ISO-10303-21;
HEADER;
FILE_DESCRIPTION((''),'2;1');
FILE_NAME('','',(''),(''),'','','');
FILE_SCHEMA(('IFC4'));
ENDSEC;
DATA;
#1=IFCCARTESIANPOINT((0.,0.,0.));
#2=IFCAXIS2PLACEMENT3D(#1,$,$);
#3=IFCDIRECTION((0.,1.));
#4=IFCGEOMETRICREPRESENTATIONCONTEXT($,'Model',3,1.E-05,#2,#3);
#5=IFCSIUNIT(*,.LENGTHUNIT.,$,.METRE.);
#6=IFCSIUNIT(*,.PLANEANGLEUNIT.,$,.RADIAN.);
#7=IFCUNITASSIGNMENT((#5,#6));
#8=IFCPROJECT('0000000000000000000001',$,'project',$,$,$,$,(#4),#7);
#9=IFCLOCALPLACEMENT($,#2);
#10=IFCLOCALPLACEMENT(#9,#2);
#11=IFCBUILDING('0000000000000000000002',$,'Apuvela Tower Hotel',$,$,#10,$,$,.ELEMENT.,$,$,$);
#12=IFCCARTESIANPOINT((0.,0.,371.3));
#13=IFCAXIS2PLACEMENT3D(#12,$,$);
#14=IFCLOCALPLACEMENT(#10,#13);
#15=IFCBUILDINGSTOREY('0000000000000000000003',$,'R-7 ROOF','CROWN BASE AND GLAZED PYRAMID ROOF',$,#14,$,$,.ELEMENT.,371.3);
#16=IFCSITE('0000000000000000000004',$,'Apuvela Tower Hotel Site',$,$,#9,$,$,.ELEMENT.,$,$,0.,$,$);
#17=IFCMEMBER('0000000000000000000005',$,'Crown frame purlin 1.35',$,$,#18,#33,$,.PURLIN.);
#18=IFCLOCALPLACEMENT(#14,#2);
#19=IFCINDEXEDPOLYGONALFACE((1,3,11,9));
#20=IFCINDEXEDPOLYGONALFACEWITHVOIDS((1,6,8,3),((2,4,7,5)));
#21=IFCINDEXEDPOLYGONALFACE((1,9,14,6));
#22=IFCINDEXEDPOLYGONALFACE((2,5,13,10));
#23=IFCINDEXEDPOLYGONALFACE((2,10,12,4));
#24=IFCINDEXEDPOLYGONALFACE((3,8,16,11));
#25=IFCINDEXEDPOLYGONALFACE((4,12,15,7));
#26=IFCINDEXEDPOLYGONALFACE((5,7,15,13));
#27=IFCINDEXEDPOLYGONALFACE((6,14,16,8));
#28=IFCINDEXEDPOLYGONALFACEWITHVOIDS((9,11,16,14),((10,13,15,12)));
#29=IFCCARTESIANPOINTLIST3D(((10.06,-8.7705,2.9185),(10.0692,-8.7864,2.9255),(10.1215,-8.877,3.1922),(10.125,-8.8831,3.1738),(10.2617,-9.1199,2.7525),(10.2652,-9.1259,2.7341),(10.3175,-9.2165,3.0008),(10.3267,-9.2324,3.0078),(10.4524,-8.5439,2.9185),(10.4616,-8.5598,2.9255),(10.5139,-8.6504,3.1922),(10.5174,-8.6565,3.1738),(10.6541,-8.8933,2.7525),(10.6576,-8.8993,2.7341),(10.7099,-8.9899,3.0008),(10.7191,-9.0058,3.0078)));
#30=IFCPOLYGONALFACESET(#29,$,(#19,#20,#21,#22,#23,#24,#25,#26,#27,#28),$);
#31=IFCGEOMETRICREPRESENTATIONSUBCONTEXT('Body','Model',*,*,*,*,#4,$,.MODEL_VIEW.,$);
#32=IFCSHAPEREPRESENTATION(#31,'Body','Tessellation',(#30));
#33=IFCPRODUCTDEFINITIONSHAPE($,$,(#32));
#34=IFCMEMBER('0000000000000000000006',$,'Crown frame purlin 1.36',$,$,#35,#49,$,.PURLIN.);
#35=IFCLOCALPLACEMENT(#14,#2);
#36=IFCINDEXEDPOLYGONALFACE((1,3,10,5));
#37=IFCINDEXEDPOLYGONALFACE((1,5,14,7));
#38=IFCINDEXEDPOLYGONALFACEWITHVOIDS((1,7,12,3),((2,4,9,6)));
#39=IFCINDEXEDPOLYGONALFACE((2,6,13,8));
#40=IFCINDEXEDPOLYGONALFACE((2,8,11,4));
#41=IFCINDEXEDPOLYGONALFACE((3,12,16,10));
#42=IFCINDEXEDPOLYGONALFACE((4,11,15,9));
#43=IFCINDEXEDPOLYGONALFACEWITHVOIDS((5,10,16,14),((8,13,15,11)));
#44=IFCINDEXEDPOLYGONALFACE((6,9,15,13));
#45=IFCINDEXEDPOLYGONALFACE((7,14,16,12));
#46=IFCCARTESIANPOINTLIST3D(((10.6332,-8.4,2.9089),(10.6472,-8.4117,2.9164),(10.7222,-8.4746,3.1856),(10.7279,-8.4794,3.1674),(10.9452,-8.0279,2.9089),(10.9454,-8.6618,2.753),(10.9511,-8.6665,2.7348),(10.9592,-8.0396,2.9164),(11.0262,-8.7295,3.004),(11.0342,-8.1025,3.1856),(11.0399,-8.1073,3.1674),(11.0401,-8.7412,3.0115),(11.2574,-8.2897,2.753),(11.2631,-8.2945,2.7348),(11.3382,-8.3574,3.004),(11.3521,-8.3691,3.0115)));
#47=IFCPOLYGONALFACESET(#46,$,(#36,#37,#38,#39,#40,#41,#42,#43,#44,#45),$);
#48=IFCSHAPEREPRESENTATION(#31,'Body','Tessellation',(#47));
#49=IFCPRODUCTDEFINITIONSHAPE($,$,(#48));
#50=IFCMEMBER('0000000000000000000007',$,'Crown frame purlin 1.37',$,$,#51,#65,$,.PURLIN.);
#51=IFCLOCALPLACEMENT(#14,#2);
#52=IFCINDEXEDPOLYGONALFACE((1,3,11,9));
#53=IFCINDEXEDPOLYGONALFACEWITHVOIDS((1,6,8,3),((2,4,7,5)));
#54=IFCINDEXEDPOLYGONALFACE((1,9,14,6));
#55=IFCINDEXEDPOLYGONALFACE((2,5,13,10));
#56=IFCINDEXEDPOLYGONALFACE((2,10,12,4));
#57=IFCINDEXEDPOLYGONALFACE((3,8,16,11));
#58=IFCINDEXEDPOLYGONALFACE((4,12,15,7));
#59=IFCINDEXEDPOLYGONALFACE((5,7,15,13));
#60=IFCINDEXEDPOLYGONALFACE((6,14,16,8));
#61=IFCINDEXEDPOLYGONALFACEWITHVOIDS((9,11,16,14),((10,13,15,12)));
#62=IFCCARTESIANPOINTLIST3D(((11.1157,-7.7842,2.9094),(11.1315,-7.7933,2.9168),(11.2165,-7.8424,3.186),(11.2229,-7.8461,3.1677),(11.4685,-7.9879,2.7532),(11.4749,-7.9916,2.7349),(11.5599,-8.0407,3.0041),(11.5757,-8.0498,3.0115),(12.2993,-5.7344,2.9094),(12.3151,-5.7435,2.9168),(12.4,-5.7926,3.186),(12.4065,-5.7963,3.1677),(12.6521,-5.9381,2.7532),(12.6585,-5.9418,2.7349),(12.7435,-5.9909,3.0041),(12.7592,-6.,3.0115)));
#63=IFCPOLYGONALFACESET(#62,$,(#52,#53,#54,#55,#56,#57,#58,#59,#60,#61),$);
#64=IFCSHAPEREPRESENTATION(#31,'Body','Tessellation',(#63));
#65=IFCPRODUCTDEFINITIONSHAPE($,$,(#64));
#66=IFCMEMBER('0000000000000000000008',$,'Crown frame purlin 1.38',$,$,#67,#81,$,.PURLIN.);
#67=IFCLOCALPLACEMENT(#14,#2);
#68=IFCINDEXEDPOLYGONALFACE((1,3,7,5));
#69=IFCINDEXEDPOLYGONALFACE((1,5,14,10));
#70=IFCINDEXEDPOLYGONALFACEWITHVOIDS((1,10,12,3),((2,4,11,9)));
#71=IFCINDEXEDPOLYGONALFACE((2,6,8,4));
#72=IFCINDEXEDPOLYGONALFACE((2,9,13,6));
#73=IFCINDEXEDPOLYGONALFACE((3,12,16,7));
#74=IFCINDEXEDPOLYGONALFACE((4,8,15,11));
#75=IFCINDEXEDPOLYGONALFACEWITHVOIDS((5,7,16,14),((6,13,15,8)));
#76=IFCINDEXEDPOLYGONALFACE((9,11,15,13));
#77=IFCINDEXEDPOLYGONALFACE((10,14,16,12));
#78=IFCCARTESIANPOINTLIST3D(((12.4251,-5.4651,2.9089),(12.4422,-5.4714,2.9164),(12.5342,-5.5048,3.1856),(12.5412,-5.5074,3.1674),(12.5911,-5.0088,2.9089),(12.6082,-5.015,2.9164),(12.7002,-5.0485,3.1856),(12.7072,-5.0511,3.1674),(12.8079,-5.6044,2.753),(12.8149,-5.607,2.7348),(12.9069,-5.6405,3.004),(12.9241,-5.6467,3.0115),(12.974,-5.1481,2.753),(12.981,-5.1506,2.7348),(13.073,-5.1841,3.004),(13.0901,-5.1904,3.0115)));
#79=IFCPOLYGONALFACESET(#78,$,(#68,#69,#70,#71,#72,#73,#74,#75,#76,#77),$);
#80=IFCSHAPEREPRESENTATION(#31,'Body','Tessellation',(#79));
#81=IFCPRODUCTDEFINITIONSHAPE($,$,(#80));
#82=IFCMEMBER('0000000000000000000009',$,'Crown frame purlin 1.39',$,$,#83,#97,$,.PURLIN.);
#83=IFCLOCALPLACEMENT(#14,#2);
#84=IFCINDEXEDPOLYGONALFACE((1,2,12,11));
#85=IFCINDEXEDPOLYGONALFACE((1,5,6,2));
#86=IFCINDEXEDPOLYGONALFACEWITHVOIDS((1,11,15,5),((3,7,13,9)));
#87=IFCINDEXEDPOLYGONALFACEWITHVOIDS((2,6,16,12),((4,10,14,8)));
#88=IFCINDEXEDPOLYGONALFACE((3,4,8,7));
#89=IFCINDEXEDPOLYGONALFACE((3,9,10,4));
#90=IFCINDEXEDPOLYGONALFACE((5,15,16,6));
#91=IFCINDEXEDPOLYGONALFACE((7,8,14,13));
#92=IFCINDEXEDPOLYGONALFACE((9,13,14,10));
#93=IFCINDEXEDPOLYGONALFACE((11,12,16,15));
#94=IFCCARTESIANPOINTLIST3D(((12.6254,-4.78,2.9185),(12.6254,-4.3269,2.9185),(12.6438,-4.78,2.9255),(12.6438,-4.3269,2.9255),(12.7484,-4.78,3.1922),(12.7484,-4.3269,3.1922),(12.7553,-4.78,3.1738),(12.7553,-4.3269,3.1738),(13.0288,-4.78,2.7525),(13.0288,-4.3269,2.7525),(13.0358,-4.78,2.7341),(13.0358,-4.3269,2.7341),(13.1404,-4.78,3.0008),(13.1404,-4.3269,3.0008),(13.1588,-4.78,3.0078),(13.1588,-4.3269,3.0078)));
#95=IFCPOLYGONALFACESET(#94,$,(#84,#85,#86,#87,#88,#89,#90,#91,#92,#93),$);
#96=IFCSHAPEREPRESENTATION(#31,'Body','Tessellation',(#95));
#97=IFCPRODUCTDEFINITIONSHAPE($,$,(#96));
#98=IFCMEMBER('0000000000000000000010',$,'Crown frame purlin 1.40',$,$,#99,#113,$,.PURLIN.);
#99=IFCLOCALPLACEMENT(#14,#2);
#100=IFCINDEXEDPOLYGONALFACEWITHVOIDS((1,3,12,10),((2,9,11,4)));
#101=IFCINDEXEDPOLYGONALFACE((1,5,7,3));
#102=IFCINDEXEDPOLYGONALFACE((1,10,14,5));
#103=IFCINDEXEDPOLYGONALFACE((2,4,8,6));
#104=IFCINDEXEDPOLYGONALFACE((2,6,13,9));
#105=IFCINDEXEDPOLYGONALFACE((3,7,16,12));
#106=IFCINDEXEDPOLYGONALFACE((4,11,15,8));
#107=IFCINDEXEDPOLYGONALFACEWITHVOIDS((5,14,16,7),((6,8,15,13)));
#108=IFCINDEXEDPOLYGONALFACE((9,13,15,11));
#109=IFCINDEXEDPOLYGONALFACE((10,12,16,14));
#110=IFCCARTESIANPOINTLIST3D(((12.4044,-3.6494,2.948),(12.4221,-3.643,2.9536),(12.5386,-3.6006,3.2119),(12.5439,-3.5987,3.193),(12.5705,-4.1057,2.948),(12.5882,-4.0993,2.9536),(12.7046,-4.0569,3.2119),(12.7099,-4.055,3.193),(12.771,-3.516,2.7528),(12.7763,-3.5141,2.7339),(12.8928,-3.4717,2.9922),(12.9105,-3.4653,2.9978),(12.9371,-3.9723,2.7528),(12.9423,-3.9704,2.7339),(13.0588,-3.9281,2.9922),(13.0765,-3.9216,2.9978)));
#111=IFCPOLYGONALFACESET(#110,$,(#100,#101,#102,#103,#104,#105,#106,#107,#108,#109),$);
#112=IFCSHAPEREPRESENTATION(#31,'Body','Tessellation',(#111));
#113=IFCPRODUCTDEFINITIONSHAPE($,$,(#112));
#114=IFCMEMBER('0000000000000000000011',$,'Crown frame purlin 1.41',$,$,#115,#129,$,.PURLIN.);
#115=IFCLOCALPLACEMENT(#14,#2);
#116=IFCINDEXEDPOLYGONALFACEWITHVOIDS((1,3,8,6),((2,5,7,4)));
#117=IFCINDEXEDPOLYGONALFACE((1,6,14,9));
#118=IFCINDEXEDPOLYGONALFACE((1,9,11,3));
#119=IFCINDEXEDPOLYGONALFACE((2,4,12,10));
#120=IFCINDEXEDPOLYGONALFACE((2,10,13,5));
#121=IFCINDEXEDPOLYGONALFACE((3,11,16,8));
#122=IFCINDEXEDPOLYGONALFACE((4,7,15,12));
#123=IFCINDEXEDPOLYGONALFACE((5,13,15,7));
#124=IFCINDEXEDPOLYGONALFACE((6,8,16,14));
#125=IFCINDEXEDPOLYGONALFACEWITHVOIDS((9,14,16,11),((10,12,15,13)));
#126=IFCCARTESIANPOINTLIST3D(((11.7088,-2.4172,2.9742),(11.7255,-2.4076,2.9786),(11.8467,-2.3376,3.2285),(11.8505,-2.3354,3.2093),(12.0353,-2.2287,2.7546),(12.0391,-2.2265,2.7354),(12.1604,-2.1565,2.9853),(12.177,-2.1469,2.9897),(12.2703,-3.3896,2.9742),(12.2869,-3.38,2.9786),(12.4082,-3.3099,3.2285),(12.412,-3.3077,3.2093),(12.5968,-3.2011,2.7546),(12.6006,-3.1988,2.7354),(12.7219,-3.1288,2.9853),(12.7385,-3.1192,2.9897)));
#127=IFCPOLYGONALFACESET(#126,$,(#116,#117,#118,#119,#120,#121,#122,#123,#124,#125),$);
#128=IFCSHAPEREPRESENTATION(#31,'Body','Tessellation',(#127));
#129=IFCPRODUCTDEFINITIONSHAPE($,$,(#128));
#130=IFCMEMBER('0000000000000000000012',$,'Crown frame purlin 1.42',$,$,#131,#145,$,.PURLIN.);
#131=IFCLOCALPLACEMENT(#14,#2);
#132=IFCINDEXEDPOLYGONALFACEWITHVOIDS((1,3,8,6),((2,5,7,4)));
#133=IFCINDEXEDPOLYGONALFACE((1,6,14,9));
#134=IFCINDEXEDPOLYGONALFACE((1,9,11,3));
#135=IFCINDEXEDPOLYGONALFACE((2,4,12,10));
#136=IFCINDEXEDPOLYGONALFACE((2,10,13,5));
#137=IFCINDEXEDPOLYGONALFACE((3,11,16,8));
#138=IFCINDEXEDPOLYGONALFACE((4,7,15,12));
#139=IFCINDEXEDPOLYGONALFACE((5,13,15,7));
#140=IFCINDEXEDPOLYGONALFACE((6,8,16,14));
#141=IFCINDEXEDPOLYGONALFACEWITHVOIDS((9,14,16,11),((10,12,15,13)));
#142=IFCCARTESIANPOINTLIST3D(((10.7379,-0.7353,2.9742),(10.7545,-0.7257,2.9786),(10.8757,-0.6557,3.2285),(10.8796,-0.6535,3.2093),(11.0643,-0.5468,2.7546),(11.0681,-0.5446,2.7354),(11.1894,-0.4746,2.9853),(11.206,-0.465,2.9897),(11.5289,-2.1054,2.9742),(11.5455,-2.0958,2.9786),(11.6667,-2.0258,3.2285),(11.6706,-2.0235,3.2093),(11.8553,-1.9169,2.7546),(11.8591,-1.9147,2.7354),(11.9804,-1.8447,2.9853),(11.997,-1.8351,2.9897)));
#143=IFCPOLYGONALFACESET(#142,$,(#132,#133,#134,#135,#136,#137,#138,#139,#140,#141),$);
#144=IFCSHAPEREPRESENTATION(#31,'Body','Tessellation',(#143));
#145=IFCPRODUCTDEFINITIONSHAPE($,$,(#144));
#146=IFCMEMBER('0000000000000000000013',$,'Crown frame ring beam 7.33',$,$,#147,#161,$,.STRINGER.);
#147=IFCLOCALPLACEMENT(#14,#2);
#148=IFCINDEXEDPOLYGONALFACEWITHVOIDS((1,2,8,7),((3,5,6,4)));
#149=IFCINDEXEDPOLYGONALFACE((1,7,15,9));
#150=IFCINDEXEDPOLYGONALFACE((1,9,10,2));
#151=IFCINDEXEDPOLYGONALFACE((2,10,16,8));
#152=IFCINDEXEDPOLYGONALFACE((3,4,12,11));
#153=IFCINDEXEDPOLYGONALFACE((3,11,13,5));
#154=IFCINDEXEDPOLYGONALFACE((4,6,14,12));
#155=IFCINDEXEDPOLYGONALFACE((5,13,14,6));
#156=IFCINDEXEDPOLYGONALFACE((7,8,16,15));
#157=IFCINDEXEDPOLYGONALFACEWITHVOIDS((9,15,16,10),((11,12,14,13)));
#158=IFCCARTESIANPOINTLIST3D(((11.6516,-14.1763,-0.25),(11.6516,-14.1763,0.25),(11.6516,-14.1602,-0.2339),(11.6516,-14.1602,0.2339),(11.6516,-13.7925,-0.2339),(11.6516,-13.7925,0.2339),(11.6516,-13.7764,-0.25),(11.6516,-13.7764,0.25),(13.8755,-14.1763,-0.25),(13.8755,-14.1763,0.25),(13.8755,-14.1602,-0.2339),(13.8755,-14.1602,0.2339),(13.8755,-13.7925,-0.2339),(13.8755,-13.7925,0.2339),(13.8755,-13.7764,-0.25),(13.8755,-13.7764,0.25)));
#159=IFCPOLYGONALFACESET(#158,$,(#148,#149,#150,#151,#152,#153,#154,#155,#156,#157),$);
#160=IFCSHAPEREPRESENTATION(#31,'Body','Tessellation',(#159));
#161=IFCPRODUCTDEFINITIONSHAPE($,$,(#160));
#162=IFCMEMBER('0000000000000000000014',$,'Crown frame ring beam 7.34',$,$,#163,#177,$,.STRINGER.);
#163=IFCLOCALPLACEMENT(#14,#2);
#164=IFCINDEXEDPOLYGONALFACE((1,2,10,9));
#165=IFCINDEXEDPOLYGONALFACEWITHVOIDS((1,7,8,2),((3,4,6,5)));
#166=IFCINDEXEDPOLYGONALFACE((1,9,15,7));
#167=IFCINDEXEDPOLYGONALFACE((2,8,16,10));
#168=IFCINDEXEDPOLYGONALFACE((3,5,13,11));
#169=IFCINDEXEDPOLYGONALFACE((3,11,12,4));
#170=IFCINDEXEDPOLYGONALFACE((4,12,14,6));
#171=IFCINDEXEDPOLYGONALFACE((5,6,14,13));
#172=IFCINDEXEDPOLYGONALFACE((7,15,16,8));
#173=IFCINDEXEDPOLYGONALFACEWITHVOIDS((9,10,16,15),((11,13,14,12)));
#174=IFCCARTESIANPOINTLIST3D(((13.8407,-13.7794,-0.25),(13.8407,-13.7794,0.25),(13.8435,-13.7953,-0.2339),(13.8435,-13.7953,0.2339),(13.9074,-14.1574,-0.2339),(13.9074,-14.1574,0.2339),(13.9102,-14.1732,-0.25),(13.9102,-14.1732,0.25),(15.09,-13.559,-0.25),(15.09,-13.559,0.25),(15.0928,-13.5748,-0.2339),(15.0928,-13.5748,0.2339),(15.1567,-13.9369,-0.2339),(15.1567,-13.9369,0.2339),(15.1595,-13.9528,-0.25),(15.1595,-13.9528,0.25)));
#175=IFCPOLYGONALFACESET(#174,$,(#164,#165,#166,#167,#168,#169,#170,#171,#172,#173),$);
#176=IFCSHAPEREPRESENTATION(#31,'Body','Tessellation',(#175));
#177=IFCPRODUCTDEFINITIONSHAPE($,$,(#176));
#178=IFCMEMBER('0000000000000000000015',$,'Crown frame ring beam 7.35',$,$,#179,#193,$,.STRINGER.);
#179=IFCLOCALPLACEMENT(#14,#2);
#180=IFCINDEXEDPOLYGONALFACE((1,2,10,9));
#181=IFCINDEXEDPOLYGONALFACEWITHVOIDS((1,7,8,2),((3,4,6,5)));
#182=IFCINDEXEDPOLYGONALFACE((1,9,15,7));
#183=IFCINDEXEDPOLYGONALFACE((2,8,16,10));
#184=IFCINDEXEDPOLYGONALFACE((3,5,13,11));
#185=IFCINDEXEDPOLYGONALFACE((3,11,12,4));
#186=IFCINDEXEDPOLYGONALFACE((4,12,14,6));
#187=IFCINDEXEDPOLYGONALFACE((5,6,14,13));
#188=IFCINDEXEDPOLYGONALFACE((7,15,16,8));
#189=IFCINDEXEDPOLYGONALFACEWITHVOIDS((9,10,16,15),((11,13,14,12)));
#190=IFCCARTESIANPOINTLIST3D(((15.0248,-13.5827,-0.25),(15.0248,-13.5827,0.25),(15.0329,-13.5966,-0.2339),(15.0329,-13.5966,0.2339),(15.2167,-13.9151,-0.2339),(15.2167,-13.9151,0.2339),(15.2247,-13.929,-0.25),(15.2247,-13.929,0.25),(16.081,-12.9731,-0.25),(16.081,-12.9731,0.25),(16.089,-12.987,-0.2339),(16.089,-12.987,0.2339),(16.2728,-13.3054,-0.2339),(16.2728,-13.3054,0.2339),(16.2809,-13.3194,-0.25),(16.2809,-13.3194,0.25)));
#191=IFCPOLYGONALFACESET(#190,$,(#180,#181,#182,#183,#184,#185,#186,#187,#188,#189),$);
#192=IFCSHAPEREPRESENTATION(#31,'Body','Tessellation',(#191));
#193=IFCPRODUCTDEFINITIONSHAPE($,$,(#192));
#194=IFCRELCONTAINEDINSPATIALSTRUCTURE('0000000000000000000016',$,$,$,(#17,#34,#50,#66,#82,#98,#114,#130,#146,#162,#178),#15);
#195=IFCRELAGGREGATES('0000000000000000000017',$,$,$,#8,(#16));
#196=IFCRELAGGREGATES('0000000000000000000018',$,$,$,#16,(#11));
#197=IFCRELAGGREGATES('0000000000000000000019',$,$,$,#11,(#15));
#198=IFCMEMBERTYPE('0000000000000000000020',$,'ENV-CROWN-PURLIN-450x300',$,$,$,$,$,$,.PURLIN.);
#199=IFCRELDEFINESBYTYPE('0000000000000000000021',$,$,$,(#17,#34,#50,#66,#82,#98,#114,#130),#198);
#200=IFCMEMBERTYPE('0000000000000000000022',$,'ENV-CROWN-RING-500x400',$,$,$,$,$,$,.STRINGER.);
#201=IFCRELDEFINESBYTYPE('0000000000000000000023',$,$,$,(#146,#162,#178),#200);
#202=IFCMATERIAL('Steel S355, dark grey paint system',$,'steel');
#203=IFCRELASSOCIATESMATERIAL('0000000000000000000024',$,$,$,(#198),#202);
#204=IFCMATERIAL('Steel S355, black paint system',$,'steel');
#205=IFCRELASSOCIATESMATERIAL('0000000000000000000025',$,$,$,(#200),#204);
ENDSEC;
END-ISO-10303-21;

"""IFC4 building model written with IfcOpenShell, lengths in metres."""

from ifc_helpers import new_model, si_unit, direction, frame, origin, origin_2d, place, context, subcontext, project, spatial, hollow_rectangle, extrude, material, material_profile, profile_set, type_object, element, save


model = new_model("IFC4")

# Units and contexts
model_context = context("Model", 3, precision=1e-05, world=origin(), true_north=direction((0.0, 1.0)))
body_context = subcontext(model_context, "Body", "Model", "MODEL_VIEW")
ifc_project = project(units=[si_unit("LENGTHUNIT", "METRE"), si_unit("PLANEANGLEUNIT", "RADIAN")], contexts=[model_context])

# Site, building, storey
site_placement = place(None, origin())
site = spatial("IfcSite", under=ifc_project, at=site_placement, Name="Apuvela Tower Hotel Site", CompositionType="ELEMENT", RefElevation=0.0)
building_placement = place(site_placement, origin())
building = spatial("IfcBuilding", under=site, at=building_placement, Name="Apuvela Tower Hotel", CompositionType="ELEMENT")
storey_placement = place(building_placement, frame((0.0, 0.0, 371.3)))
storey = spatial("IfcBuildingStorey", under=building, at=storey_placement, Name="R-7 ROOF", Description="CROWN BASE AND GLAZED PYRAMID ROOF", CompositionType="ELEMENT", Elevation=371.3)

# Members
ifc_material_1 = material(Name="Steel S355, dark grey paint system", Category="steel")
ifc_material_profile_1 = material_profile(ifc_material_1, hollow_rectangle(XDim=0.45, YDim=0.3, WallThickness=0.0139, at=origin_2d()), Name="HSS 450x300x14")
ifc_profile_set_1 = profile_set([ifc_material_profile_1], Name="Steel S355, dark grey paint system")
member_type_1 = type_object("IfcMemberType", Name="ENV-CROWN-PURLIN-450x300", PredefinedType="PURLIN", material=ifc_profile_set_1)
member_1_placement = place(storey_placement, frame((10.1934, -9.0015, 2.9631), z_axis=(0.865979, 0.50008, 0.0), x_axis=(-0.456156, 0.789916, 0.409823)))
element("IfcMember", 1, at=member_1_placement, inside=storey, type_object=member_type_1, Name="Crown frame purlin 1.35", PredefinedType="PURLIN", context=body_context, shape_type="SweptSolid", body=[
    extrude(hollow_rectangle(XDim=0.45, YDim=0.3, WallThickness=0.0139, at=origin_2d()), origin(), (0.0, 0.0, 1.0), 0.4531),
])
member_2_placement = place(storey_placement, frame((10.8367, -8.5706, 2.9602), z_axis=(0.642555, 0.766239, 0.0), x_axis=(-0.706521, 0.592476, 0.387041)))
element("IfcMember", 2, at=member_2_placement, inside=storey, type_object=member_type_1, Name="Crown frame purlin 1.36", PredefinedType="PURLIN", context=body_context, shape_type="SweptSolid", body=[
    extrude(hollow_rectangle(XDim=0.45, YDim=0.3, WallThickness=0.0139, at=origin_2d()), origin(), (0.0, 0.0, 1.0), 0.4856),
])
member_3_placement = place(storey_placement, frame((11.3457, -7.917, 2.9604), z_axis=(0.500044, 0.866, 0.0), x_axis=(-0.798281, 0.460942, 0.387659)))
element("IfcMember", 3, at=member_3_placement, inside=storey, type_object=member_type_1, Name="Crown frame purlin 1.37", PredefinedType="PURLIN", context=body_context, shape_type="SweptSolid", body=[
    extrude(hollow_rectangle(XDim=0.45, YDim=0.3, WallThickness=0.0139, at=origin_2d()), origin(), (0.0, 0.0, 1.0), 2.3669),
])
member_4_placement = place(storey_placement, frame((12.6746, -5.5559, 2.9602), z_axis=(0.341905, 0.939735, 0.0), x_axis=(-0.866494, 0.315257, 0.387041)))
element("IfcMember", 4, at=member_4_placement, inside=storey, type_object=member_type_1, Name="Crown frame purlin 1.38", PredefinedType="PURLIN", context=body_context, shape_type="SweptSolid", body=[
    extrude(hollow_rectangle(XDim=0.45, YDim=0.3, WallThickness=0.0139, at=origin_2d()), origin(), (0.0, 0.0, 1.0), 0.4856),
])
member_5_placement = place(storey_placement, frame((12.8921, -4.78, 2.9631), z_axis=(0.0, 1.0, 0.0), x_axis=(-0.912165, 0.0, 0.409823)))
element("IfcMember", 5, at=member_5_placement, inside=storey, type_object=member_type_1, Name="Crown frame purlin 1.39", PredefinedType="PURLIN", context=body_context, shape_type="SweptSolid", body=[
    extrude(hollow_rectangle(XDim=0.45, YDim=0.3, WallThickness=0.0139, at=origin_2d()), origin(), (0.0, 0.0, 1.0), 0.4531),
])
member_6_placement = place(storey_placement, frame((12.8235, -4.0137, 2.9729), z_axis=(-0.341905, 0.939735, 0.0), x_axis=(-0.826527, -0.300716, 0.475839)))
element("IfcMember", 6, at=member_6_placement, inside=storey, type_object=member_type_1, Name="Crown frame purlin 1.40", PredefinedType="PURLIN", context=body_context, shape_type="SweptSolid", body=[
    extrude(hollow_rectangle(XDim=0.45, YDim=0.3, WallThickness=0.0139, at=origin_2d()), origin(), (0.0, 0.0, 1.0), 0.4856),
])
member_7_placement = place(storey_placement, frame((12.5044, -3.2544, 2.9819), z_axis=(-0.500067, 0.865986, 0.0), x_axis=(-0.734004, -0.423854, 0.530647)))
element("IfcMember", 7, at=member_7_placement, inside=storey, type_object=member_type_1, Name="Crown frame purlin 1.41", PredefinedType="PURLIN", context=body_context, shape_type="SweptSolid", body=[
    extrude(hollow_rectangle(XDim=0.45, YDim=0.3, WallThickness=0.0139, at=origin_2d()), origin(), (0.0, 0.0, 1.0), 1.1228),
])
member_8_placement = place(storey_placement, frame((11.7629, -1.9702, 2.9819), z_axis=(-0.49999, 0.866031, 0.0), x_axis=(-0.734042, -0.423788, 0.530647)))
element("IfcMember", 8, at=member_8_placement, inside=storey, type_object=member_type_1, Name="Crown frame purlin 1.42", PredefinedType="PURLIN", context=body_context, shape_type="SweptSolid", body=[
    extrude(hollow_rectangle(XDim=0.45, YDim=0.3, WallThickness=0.0139, at=origin_2d()), origin(), (0.0, 0.0, 1.0), 1.582),
])
ifc_material_2 = material(Name="Steel S355, black paint system", Category="steel")
ifc_material_profile_2 = material_profile(ifc_material_2, hollow_rectangle(XDim=0.3999, YDim=0.5, WallThickness=0.0161, at=origin_2d()), Name="HSS 500x400x16")
ifc_profile_set_2 = profile_set([ifc_material_profile_2], Name="Steel S355, black paint system")
member_type_2 = type_object("IfcMemberType", Name="ENV-CROWN-RING-500x400", PredefinedType="STRINGER", material=ifc_profile_set_2)
member_9_placement = place(storey_placement, frame((11.6516, -13.9763, 0.0), z_axis=(1.0, 0.0, 0.0), x_axis=(0.0, 1.0, 0.0)))
element("IfcMember", 9, at=member_9_placement, inside=storey, type_object=member_type_2, Name="Crown frame ring beam 7.33", PredefinedType="STRINGER", context=body_context, shape_type="SweptSolid", body=[
    extrude(hollow_rectangle(XDim=0.3999, YDim=0.5, WallThickness=0.0161, at=origin_2d()), origin(), (0.0, 0.0, 1.0), 2.2239),
])
member_10_placement = place(storey_placement, frame((13.8755, -13.9763, 0.0), z_axis=(0.984784, 0.173785, 0.0), x_axis=(-0.173785, 0.984784, 0.0)))
element("IfcMember", 10, at=member_10_placement, inside=storey, type_object=member_type_2, Name="Crown frame ring beam 7.34", PredefinedType="STRINGER", context=body_context, shape_type="SweptSolid", body=[
    extrude(hollow_rectangle(XDim=0.3999, YDim=0.5, WallThickness=0.0161, at=origin_2d()), origin(), (0.0, 0.0, 1.0), 1.2686),
])
member_11_placement = place(storey_placement, frame((15.1248, -13.7559, 0.0), z_axis=(0.866079, 0.499907, 0.0), x_axis=(-0.499907, 0.866079, 0.0)))
element("IfcMember", 11, at=member_11_placement, inside=storey, type_object=member_type_2, Name="Crown frame ring beam 7.35", PredefinedType="STRINGER", context=body_context, shape_type="SweptSolid", body=[
    extrude(hollow_rectangle(XDim=0.3999, YDim=0.5, WallThickness=0.0161, at=origin_2d()), origin(), (0.0, 0.0, 1.0), 1.2195),
])

save(model, "model.ifc")
